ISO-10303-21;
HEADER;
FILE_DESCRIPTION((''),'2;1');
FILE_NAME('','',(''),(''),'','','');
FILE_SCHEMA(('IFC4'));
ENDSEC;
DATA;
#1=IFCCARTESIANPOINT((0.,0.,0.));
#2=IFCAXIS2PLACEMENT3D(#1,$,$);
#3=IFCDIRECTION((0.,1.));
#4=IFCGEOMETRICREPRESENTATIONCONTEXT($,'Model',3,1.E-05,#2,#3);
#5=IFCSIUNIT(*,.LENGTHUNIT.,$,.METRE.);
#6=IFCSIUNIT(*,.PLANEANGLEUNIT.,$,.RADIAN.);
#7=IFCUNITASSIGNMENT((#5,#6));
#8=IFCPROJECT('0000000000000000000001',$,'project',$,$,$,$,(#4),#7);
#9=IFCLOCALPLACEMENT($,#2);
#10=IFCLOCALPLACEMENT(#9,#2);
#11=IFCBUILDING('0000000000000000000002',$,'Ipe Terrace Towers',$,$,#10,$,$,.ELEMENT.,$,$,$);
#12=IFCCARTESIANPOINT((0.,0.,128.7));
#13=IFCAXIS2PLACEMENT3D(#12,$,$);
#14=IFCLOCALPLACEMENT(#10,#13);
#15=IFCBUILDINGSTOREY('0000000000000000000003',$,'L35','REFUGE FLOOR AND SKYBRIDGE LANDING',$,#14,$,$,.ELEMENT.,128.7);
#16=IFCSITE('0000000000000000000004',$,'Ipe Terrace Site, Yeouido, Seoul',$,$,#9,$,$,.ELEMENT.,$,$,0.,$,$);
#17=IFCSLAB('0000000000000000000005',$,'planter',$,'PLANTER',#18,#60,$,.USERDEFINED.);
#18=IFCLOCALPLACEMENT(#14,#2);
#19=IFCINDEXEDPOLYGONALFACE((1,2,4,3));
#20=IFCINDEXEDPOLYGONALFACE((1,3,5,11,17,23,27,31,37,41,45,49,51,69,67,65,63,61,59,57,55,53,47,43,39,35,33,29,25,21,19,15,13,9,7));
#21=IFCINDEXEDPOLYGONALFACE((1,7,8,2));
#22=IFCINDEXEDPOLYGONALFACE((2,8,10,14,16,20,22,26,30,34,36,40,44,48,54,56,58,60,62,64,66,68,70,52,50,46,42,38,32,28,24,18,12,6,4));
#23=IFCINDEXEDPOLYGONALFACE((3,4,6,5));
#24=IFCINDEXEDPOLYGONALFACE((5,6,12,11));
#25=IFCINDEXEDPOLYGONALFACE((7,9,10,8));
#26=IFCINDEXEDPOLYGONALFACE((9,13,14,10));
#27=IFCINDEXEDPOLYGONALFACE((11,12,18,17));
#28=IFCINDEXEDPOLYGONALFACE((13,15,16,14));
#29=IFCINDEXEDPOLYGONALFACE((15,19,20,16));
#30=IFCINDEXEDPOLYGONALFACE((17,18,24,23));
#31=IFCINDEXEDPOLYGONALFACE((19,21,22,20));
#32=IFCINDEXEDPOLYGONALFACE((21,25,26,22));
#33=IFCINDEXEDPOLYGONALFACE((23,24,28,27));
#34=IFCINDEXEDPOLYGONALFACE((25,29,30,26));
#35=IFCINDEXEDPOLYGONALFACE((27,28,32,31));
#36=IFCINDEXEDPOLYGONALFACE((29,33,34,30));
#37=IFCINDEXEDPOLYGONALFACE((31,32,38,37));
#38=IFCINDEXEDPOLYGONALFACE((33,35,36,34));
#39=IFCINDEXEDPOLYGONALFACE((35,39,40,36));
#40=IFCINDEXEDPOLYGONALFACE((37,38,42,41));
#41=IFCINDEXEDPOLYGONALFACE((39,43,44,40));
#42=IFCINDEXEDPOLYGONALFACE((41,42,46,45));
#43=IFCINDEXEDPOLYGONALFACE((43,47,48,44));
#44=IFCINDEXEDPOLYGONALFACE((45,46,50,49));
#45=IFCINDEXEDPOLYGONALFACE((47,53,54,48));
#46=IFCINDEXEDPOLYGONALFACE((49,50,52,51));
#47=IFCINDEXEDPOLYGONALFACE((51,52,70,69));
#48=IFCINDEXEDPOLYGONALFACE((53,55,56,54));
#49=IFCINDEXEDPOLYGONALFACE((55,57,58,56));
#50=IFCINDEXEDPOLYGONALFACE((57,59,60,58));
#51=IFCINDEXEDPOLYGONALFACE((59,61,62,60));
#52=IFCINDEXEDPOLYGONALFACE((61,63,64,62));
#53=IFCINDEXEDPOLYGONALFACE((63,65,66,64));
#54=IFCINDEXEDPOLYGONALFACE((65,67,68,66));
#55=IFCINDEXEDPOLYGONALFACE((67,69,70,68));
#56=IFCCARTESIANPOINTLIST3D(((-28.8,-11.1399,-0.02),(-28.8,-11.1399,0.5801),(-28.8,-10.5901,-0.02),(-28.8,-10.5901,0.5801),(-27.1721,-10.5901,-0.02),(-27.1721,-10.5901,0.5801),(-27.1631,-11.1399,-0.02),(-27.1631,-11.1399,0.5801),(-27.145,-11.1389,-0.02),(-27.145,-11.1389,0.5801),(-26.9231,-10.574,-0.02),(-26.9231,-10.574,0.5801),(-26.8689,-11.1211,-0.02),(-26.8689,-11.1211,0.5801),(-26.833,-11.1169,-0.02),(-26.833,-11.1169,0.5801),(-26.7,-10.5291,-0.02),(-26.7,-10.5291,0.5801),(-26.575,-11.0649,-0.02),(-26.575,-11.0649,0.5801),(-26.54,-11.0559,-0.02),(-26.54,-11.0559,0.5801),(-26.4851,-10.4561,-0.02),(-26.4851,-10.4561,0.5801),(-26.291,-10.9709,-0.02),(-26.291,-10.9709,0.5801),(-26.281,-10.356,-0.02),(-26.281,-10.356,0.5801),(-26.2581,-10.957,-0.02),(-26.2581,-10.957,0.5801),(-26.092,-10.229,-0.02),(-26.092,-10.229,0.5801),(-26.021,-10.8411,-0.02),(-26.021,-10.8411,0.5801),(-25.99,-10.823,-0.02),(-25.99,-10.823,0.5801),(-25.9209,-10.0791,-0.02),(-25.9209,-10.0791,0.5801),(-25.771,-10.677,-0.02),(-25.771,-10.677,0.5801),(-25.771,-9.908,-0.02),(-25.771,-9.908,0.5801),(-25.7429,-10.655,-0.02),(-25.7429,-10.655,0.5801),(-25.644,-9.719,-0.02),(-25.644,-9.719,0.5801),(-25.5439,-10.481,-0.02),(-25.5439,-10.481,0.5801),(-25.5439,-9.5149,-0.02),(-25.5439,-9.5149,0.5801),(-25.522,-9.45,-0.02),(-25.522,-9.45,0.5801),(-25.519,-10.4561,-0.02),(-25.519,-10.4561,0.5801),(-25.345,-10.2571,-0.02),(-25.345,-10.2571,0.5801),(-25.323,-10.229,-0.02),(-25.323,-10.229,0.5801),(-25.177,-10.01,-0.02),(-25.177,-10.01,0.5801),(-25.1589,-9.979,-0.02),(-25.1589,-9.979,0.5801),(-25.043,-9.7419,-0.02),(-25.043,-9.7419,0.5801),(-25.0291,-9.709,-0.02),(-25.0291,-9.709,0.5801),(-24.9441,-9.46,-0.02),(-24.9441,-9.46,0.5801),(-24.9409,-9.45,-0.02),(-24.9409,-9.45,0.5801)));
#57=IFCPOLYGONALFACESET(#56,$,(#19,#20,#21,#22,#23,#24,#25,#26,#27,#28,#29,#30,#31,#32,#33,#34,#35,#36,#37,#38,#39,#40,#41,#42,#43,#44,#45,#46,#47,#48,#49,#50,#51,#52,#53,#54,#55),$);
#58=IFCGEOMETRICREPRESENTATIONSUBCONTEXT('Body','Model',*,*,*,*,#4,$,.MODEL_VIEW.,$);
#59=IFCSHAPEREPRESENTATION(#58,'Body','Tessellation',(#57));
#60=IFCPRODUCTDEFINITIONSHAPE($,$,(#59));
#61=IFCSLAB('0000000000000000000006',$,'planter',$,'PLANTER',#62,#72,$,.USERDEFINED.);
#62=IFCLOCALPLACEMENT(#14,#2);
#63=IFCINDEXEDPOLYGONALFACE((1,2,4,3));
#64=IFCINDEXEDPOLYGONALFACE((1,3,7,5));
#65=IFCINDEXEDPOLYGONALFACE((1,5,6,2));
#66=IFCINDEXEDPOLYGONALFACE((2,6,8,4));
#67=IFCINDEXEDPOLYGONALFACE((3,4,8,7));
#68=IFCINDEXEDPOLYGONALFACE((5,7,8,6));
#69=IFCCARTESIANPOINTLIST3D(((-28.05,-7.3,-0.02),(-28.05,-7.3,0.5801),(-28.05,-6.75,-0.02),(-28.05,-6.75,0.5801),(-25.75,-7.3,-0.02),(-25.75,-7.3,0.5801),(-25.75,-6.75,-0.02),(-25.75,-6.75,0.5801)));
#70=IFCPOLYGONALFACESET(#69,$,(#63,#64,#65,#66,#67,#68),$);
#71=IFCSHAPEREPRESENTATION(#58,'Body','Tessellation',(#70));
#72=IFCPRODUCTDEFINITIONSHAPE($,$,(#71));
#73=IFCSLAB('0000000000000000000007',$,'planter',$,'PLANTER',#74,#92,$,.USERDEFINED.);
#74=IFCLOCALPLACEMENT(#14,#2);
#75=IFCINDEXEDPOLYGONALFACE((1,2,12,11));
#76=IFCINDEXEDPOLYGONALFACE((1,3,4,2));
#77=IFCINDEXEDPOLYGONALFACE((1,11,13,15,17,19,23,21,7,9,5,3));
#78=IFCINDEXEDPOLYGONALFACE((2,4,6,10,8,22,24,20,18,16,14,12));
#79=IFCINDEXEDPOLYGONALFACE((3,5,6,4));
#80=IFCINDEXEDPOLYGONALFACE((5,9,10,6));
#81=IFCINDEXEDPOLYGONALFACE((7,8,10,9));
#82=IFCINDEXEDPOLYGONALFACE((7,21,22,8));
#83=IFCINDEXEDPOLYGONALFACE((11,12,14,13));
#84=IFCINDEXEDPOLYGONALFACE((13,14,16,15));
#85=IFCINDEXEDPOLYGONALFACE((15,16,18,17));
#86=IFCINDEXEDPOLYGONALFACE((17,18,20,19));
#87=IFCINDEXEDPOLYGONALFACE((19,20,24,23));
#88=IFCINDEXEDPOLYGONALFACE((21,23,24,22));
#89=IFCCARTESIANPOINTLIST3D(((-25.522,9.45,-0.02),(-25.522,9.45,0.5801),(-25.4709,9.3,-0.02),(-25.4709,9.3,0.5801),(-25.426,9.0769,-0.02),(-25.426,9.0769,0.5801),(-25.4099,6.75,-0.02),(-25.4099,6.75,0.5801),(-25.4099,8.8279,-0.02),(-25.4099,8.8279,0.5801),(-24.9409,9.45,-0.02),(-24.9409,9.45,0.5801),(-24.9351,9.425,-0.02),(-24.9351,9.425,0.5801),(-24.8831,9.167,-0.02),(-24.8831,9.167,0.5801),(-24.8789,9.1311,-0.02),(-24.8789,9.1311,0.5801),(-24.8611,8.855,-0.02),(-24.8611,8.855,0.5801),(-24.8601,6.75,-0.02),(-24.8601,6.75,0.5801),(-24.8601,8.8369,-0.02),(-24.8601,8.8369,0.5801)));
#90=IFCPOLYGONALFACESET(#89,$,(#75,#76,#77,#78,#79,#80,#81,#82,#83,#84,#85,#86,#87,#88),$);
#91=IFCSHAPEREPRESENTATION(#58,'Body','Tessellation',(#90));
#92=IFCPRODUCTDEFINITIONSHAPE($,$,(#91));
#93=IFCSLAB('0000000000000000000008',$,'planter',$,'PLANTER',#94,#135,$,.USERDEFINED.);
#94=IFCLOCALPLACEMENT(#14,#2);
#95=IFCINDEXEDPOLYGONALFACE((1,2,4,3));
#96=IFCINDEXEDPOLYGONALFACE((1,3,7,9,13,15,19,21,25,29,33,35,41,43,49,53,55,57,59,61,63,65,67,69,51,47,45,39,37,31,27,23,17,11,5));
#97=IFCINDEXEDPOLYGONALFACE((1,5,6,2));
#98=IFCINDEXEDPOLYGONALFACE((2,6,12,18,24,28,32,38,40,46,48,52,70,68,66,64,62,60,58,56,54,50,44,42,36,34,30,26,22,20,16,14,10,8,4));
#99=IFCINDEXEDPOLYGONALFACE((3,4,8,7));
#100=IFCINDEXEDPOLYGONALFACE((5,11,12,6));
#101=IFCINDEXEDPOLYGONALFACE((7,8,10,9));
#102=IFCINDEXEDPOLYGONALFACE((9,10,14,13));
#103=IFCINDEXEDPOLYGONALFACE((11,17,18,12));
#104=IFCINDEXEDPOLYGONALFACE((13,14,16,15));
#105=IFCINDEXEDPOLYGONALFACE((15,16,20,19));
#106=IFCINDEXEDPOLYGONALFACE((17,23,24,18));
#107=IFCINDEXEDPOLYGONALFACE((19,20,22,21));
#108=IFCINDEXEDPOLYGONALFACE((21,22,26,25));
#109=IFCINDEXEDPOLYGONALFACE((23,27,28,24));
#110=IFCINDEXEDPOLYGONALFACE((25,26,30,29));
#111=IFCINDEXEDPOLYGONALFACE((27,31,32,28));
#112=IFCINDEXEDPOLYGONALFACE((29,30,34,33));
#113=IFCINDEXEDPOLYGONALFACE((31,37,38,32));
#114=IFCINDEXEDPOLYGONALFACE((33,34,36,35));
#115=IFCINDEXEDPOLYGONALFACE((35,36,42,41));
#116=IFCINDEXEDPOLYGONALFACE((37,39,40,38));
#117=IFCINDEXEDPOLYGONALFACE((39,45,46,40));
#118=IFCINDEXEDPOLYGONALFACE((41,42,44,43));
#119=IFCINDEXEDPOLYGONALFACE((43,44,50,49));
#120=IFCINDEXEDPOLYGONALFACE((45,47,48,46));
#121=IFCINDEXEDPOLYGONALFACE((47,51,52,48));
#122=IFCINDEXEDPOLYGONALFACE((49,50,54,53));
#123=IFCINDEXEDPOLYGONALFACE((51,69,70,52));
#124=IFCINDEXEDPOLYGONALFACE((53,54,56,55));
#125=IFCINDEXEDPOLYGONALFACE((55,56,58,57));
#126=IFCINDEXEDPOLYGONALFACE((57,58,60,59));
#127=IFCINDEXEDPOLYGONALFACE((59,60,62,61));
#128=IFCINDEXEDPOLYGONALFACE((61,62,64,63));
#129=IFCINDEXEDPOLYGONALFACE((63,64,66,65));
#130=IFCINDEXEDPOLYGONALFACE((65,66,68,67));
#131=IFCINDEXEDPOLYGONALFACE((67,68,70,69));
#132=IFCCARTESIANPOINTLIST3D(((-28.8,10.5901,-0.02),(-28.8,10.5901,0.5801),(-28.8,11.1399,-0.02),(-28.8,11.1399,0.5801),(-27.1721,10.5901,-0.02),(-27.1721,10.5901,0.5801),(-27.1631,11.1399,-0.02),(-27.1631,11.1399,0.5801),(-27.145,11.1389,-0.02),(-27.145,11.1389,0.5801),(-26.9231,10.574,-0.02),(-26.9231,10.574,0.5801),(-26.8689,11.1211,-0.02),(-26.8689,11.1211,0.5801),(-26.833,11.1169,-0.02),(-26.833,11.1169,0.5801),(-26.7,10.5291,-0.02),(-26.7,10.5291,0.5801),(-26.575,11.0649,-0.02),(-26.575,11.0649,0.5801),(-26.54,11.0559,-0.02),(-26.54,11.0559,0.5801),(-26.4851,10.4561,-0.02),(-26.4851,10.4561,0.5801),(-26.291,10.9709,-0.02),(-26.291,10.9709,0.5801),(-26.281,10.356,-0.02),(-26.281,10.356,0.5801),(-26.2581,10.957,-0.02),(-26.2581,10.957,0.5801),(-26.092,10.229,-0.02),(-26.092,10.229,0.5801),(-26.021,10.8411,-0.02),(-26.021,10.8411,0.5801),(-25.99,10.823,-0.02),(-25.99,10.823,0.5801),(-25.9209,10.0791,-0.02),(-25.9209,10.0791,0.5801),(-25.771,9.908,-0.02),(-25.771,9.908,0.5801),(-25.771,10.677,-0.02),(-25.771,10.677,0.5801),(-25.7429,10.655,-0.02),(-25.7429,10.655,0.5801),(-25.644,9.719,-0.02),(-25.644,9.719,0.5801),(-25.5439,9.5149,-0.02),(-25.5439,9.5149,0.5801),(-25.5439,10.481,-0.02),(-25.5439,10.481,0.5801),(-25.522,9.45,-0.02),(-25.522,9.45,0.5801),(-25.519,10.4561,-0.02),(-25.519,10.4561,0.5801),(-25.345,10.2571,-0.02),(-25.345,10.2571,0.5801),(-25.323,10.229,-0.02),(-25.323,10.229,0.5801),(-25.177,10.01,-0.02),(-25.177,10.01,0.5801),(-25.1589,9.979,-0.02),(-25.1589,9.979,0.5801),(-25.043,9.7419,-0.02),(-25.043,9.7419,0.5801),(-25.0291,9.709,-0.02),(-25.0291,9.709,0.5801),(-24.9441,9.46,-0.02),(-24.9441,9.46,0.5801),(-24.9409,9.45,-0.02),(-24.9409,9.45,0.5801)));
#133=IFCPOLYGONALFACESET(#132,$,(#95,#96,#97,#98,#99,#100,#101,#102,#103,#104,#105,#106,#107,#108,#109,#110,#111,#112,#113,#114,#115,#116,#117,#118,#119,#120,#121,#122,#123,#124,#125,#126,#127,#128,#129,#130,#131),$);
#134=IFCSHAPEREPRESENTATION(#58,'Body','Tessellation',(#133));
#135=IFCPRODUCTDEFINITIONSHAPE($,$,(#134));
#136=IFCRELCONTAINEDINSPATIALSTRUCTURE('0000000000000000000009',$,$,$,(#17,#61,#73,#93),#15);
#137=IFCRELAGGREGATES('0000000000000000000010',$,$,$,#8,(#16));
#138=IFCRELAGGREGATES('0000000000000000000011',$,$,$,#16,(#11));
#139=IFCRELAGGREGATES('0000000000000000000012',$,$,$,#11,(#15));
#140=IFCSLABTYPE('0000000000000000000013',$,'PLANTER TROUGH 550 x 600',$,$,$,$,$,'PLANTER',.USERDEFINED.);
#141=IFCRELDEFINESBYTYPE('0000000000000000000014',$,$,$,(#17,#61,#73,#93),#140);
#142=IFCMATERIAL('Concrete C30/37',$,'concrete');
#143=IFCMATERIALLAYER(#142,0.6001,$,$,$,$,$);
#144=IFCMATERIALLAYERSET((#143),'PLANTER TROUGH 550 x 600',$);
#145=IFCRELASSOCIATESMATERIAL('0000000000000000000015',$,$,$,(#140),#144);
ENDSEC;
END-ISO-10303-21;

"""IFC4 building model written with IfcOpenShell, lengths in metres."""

from ifc_helpers import new_model, si_unit, direction, frame, origin, place, context, subcontext, project, spatial, polyline, outline, extrude, material, layer, layer_set, type_object, element, save


model = new_model("IFC4")

# Units and contexts
model_context = context("Model", 3, precision=1e-05, world=origin(), true_north=direction((0.0, 1.0)))
body_context = subcontext(model_context, "Body", "Model", "MODEL_VIEW")
ifc_project = project(units=[si_unit("LENGTHUNIT", "METRE"), si_unit("PLANEANGLEUNIT", "RADIAN")], contexts=[model_context])

# Site, building, storey
site_placement = place(None, origin())
site = spatial("IfcSite", under=ifc_project, at=site_placement, Name="Ipe Terrace Site, Yeouido, Seoul", CompositionType="ELEMENT", RefElevation=0.0)
building_placement = place(site_placement, origin())
building = spatial("IfcBuilding", under=site, at=building_placement, Name="Ipe Terrace Towers", CompositionType="ELEMENT")
storey_placement = place(building_placement, frame((0.0, 0.0, 128.7)))
storey = spatial("IfcBuildingStorey", under=building, at=storey_placement, Name="L35", Description="REFUGE FLOOR AND SKYBRIDGE LANDING", CompositionType="ELEMENT", Elevation=128.7)

# Slabs
ifc_material_1 = material(Name="Concrete C30/37", Category="concrete")
ifc_layer_1 = layer(ifc_material_1, 0.6001)
ifc_layer_set_1 = layer_set([ifc_layer_1], Name="PLANTER TROUGH 550 x 600")
slab_type_1 = type_object("IfcSlabType", Name="PLANTER TROUGH 550 x 600", ElementType="PLANTER", PredefinedType="USERDEFINED", material=ifc_layer_set_1)
slab_1_placement = place(storey_placement, frame((0.0, 0.0, -0.02)))
element("IfcSlab", 1, at=slab_1_placement, inside=storey, type_object=slab_type_1, Name="planter", ObjectType="PLANTER", PredefinedType="USERDEFINED", context=body_context, shape_type="SweptSolid", body=[
    extrude(outline(polyline([(-25.5439, -9.5149), (-25.644, -9.719), (-25.771, -9.908), (-25.9209, -10.0791), (-26.092, -10.229), (-26.281, -10.356), (-26.4851, -10.4561), (-26.7, -10.5291), (-26.9231, -10.574), (-27.1721, -10.5901), (-28.8, -10.5901), (-28.8, -11.1399), (-27.1631, -11.1399), (-27.145, -11.1389), (-26.8689, -11.1211), (-26.833, -11.1169), (-26.575, -11.0649), (-26.54, -11.0559), (-26.291, -10.9709), (-26.2581, -10.957), (-26.021, -10.8411), (-25.99, -10.823), (-25.771, -10.677), (-25.7429, -10.655), (-25.5439, -10.481), (-25.519, -10.4561), (-25.345, -10.2571), (-25.323, -10.229), (-25.177, -10.01), (-25.1589, -9.979), (-25.043, -9.7419), (-25.0291, -9.709), (-24.9441, -9.46), (-24.9409, -9.45), (-25.522, -9.45), (-25.5439, -9.5149)])), origin(), (0.0, 0.0, 1.0), 0.6001),
])
slab_2_placement = place(storey_placement, frame((0.0, 0.0, -0.02)))
element("IfcSlab", 2, at=slab_2_placement, inside=storey, type_object=slab_type_1, Name="planter", ObjectType="PLANTER", PredefinedType="USERDEFINED", context=body_context, shape_type="SweptSolid", body=[
    extrude(outline(polyline([(-28.05, -6.75), (-28.05, -7.3), (-25.75, -7.3), (-25.75, -6.75), (-28.05, -6.75)])), origin(), (0.0, 0.0, 1.0), 0.6001),
])
slab_3_placement = place(storey_placement, frame((0.0, 0.0, -0.02)))
element("IfcSlab", 3, at=slab_3_placement, inside=storey, type_object=slab_type_1, Name="planter", ObjectType="PLANTER", PredefinedType="USERDEFINED", context=body_context, shape_type="SweptSolid", body=[
    extrude(outline(polyline([(-25.4709, 9.3), (-25.426, 9.0769), (-25.4099, 8.8279), (-25.4099, 6.75), (-24.8601, 6.75), (-24.8601, 8.8369), (-24.8611, 8.855), (-24.8789, 9.1311), (-24.8831, 9.167), (-24.9351, 9.425), (-24.9409, 9.45), (-25.522, 9.45), (-25.4709, 9.3)])), origin(), (0.0, 0.0, 1.0), 0.6001),
])
slab_4_placement = place(storey_placement, frame((0.0, 0.0, -0.02)))
element("IfcSlab", 4, at=slab_4_placement, inside=storey, type_object=slab_type_1, Name="planter", ObjectType="PLANTER", PredefinedType="USERDEFINED", context=body_context, shape_type="SweptSolid", body=[
    extrude(outline(polyline([(-25.5439, 9.5149), (-25.522, 9.45), (-24.9409, 9.45), (-24.9441, 9.46), (-25.0291, 9.709), (-25.043, 9.7419), (-25.1589, 9.979), (-25.177, 10.01), (-25.323, 10.229), (-25.345, 10.2571), (-25.519, 10.4561), (-25.5439, 10.481), (-25.7429, 10.655), (-25.771, 10.677), (-25.99, 10.823), (-26.021, 10.8411), (-26.2581, 10.957), (-26.291, 10.9709), (-26.54, 11.0559), (-26.575, 11.0649), (-26.833, 11.1169), (-26.8689, 11.1211), (-27.145, 11.1389), (-27.1631, 11.1399), (-28.8, 11.1399), (-28.8, 10.5901), (-27.1721, 10.5901), (-26.9231, 10.574), (-26.7, 10.5291), (-26.4851, 10.4561), (-26.281, 10.356), (-26.092, 10.229), (-25.9209, 10.0791), (-25.771, 9.908), (-25.644, 9.719), (-25.5439, 9.5149)])), origin(), (0.0, 0.0, 1.0), 0.6001),
])

save(model, "model.ifc")
